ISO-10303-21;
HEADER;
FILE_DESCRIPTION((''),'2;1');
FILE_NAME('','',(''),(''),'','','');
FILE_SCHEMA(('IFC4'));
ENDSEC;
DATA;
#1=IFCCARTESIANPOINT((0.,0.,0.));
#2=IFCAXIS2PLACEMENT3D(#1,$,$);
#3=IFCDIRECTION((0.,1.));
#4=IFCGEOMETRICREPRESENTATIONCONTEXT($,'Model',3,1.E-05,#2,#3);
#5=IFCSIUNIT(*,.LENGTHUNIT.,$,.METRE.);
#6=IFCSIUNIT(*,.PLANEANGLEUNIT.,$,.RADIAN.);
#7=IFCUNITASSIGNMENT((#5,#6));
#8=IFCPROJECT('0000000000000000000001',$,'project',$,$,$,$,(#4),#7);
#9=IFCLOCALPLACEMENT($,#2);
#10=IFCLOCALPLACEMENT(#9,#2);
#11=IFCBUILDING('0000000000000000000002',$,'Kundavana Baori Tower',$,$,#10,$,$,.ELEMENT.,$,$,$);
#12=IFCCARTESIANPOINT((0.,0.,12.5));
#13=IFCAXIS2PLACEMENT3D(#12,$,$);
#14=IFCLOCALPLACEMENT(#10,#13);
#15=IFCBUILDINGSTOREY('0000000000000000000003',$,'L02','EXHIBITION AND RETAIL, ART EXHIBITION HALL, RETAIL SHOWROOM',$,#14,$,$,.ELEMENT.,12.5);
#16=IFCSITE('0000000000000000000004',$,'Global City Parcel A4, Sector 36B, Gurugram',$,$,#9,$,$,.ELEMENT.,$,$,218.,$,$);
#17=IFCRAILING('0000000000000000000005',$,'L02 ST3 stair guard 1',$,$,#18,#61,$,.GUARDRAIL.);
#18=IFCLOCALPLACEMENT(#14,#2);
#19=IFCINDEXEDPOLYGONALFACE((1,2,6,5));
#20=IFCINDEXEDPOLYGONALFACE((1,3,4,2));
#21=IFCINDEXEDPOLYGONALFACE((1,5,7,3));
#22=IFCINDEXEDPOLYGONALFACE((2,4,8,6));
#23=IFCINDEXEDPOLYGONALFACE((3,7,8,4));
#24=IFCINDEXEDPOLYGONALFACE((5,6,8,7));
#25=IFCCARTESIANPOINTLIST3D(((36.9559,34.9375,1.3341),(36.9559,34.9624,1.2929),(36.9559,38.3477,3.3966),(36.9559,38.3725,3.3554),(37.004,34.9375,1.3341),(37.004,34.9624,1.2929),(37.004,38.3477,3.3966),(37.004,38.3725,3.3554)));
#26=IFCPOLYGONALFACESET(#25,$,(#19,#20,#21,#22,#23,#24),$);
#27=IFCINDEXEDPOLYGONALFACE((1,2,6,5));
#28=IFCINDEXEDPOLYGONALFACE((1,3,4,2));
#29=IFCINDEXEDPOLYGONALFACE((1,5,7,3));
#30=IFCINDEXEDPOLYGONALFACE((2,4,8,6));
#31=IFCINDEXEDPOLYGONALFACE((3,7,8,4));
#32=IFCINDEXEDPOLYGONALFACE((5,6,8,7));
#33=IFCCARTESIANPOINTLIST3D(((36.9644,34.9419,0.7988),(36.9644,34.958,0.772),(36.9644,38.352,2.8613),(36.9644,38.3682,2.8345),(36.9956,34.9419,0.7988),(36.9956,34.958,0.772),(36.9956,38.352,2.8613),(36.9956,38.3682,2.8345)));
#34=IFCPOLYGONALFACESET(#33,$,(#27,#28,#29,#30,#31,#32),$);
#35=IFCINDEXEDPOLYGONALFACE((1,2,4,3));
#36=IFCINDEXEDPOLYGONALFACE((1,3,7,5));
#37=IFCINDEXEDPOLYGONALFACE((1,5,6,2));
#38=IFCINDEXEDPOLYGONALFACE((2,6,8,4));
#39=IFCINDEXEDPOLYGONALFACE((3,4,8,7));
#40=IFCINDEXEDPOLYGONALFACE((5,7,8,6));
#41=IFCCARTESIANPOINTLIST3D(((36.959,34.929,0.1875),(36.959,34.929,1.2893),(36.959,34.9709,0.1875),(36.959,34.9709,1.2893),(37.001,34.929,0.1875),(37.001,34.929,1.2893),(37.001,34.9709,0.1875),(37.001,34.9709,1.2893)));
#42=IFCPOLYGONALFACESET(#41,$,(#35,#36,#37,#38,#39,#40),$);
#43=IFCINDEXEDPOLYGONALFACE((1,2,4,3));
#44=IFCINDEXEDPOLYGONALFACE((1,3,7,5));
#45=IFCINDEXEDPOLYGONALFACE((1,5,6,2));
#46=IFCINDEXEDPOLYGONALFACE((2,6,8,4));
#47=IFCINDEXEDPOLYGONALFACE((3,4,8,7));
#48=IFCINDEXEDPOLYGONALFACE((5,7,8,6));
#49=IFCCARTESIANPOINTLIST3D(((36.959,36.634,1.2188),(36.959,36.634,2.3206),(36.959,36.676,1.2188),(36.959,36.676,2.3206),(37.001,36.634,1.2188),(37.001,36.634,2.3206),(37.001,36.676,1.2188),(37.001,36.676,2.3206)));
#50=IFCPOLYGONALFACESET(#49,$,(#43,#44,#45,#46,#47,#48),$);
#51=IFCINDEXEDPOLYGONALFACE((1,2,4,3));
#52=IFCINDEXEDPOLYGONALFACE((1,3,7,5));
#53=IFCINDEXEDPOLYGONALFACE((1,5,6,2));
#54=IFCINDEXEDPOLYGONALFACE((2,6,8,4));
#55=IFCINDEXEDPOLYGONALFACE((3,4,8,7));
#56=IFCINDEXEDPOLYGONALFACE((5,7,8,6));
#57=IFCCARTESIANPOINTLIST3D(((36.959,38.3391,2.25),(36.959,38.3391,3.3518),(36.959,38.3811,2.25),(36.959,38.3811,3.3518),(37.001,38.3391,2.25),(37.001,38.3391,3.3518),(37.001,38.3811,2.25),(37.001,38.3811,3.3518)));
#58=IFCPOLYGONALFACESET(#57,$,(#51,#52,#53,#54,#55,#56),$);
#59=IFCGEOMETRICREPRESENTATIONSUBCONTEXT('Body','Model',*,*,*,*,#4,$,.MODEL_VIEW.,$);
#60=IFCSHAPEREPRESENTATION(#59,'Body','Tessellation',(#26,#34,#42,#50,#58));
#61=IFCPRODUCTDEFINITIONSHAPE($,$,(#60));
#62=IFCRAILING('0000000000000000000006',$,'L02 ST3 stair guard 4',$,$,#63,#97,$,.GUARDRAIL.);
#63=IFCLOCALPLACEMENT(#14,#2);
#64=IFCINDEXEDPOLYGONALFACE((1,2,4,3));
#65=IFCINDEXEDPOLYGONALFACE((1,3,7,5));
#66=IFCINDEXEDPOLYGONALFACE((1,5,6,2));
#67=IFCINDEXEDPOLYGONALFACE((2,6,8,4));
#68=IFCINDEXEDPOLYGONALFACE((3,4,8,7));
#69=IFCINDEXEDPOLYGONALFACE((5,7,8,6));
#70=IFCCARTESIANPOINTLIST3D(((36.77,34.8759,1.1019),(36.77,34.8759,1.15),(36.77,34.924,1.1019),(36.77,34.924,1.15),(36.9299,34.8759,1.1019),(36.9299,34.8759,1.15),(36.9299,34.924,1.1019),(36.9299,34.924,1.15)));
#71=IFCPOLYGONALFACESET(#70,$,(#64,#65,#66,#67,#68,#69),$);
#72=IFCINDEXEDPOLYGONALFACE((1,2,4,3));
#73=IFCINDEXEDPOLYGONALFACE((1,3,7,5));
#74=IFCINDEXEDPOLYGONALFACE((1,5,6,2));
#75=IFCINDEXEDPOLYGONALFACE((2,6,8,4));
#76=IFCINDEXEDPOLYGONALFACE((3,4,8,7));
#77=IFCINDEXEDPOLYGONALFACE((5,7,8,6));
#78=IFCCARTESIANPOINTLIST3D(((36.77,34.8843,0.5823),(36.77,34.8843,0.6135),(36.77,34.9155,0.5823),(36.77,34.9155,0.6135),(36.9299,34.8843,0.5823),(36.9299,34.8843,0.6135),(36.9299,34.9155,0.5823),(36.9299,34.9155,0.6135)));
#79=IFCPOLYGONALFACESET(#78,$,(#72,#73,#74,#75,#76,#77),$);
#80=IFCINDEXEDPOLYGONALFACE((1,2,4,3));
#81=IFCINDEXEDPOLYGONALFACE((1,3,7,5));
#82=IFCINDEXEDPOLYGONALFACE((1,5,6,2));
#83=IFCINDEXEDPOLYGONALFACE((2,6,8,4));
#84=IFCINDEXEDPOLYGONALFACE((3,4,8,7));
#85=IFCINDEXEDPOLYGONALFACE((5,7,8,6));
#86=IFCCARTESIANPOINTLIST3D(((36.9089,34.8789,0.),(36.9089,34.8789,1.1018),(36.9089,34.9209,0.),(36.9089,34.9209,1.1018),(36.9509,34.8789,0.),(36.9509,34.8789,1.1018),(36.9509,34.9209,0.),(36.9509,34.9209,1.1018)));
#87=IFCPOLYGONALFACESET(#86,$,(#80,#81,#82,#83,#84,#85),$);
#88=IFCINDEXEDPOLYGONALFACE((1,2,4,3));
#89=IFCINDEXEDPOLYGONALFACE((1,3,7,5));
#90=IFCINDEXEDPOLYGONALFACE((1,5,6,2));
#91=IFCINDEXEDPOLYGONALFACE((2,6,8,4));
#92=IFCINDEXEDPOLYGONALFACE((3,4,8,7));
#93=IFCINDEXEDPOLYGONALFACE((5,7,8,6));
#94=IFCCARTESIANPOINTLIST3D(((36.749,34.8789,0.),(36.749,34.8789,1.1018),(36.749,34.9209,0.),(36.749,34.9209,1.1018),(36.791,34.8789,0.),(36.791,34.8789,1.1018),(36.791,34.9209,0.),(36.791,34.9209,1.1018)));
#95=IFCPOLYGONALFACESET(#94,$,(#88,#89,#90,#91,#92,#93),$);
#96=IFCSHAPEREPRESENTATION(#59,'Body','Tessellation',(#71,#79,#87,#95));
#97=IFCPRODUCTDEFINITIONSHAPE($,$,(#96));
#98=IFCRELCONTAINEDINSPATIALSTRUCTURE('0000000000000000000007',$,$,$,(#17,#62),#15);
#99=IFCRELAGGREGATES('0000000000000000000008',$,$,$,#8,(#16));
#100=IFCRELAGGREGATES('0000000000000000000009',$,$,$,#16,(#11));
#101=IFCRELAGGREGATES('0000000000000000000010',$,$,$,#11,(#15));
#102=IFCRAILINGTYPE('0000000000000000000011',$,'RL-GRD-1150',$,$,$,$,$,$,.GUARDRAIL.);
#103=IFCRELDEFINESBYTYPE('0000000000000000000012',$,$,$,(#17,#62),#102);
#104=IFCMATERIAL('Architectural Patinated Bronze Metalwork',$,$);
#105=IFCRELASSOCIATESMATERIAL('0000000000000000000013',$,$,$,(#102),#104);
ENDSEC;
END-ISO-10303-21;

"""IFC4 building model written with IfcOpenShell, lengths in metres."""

from ifc_helpers import new_model, si_unit, direction, frame, origin, origin_2d, place, context, subcontext, project, spatial, rectangle, extrude, material, type_object, element, save


model = new_model("IFC4")

# Units and contexts
model_context = context("Model", 3, precision=1e-05, world=origin(), true_north=direction((0.0, 1.0)))
body_context = subcontext(model_context, "Body", "Model", "MODEL_VIEW")
ifc_project = project(units=[si_unit("LENGTHUNIT", "METRE"), si_unit("PLANEANGLEUNIT", "RADIAN")], contexts=[model_context])

# Site, building, storey
site_placement = place(None, origin())
site = spatial("IfcSite", under=ifc_project, at=site_placement, Name="Global City Parcel A4, Sector 36B, Gurugram", CompositionType="ELEMENT", RefElevation=218.0)
building_placement = place(site_placement, origin())
building = spatial("IfcBuilding", under=site, at=building_placement, Name="Kundavana Baori Tower", CompositionType="ELEMENT")
storey_placement = place(building_placement, frame((0.0, 0.0, 12.5)))
storey = spatial("IfcBuildingStorey", under=building, at=storey_placement, Name="L02", Description="EXHIBITION AND RETAIL, ART EXHIBITION HALL, RETAIL SHOWROOM", CompositionType="ELEMENT", Elevation=12.5)

# Railings
ifc_material_1 = material(Name="Architectural Patinated Bronze Metalwork")
railing_type = type_object("IfcRailingType", Name="RL-GRD-1150", PredefinedType="GUARDRAIL", material=ifc_material_1)
railing_1_placement = place(storey_placement, frame((36.98, 34.95, 0.1875)))
element("IfcRailing", 1, at=railing_1_placement, inside=storey, type_object=railing_type, Name="L02 ST3 stair guard 1", PredefinedType="GUARDRAIL", context=body_context, shape_type="SweptSolid", body=[
    extrude(rectangle(XDim=0.0481, YDim=0.0481, at=origin_2d()), frame((0.0, 0.0, 1.126), z_axis=(0.0, 0.855671, 0.517519), x_axis=(-1.0, 0.0, 0.0)), (0.0, 0.0, 1.0), 3.9854),
    extrude(rectangle(XDim=0.0312, YDim=0.0312, at=origin_2d()), frame((0.0, 0.0, 0.5979), z_axis=(0.0, 0.855671, 0.517519), x_axis=(-1.0, 0.0, 0.0)), (0.0, 0.0, 1.0), 3.9854),
    extrude(rectangle(XDim=0.042, YDim=0.042, at=origin_2d()), origin(), (0.0, 0.0, 1.0), 1.1018),
    extrude(rectangle(XDim=0.042, YDim=0.042, at=origin_2d()), frame((0.0, 1.7051, 1.0312)), (0.0, 0.0, 1.0), 1.1018),
    extrude(rectangle(XDim=0.042, YDim=0.042, at=origin_2d()), frame((0.0, 3.4102, 2.0625)), (0.0, 0.0, 1.0), 1.1018),
])
railing_2_placement = place(storey_placement, frame((36.9299, 34.8999, 0.0)))
element("IfcRailing", 2, at=railing_2_placement, inside=storey, type_object=railing_type, Name="L02 ST3 stair guard 4", PredefinedType="GUARDRAIL", context=body_context, shape_type="SweptSolid", body=[
    extrude(rectangle(XDim=0.0481, YDim=0.0481, at=origin_2d()), frame((0.0, 0.0, 1.126), z_axis=(-1.0, 0.0, 0.0), x_axis=(0.0, -1.0, 0.0)), (0.0, 0.0, 1.0), 0.1599),
    extrude(rectangle(XDim=0.0312, YDim=0.0312, at=origin_2d()), frame((0.0, 0.0, 0.5979), z_axis=(-1.0, 0.0, 0.0), x_axis=(0.0, -1.0, 0.0)), (0.0, 0.0, 1.0), 0.1599),
    extrude(rectangle(XDim=0.042, YDim=0.042, at=origin_2d()), origin(), (0.0, 0.0, 1.0), 1.1018),
    extrude(rectangle(XDim=0.042, YDim=0.042, at=origin_2d()), frame((-0.1599, 0.0, 0.0)), (0.0, 0.0, 1.0), 1.1018),
])

save(model, "model.ifc")
